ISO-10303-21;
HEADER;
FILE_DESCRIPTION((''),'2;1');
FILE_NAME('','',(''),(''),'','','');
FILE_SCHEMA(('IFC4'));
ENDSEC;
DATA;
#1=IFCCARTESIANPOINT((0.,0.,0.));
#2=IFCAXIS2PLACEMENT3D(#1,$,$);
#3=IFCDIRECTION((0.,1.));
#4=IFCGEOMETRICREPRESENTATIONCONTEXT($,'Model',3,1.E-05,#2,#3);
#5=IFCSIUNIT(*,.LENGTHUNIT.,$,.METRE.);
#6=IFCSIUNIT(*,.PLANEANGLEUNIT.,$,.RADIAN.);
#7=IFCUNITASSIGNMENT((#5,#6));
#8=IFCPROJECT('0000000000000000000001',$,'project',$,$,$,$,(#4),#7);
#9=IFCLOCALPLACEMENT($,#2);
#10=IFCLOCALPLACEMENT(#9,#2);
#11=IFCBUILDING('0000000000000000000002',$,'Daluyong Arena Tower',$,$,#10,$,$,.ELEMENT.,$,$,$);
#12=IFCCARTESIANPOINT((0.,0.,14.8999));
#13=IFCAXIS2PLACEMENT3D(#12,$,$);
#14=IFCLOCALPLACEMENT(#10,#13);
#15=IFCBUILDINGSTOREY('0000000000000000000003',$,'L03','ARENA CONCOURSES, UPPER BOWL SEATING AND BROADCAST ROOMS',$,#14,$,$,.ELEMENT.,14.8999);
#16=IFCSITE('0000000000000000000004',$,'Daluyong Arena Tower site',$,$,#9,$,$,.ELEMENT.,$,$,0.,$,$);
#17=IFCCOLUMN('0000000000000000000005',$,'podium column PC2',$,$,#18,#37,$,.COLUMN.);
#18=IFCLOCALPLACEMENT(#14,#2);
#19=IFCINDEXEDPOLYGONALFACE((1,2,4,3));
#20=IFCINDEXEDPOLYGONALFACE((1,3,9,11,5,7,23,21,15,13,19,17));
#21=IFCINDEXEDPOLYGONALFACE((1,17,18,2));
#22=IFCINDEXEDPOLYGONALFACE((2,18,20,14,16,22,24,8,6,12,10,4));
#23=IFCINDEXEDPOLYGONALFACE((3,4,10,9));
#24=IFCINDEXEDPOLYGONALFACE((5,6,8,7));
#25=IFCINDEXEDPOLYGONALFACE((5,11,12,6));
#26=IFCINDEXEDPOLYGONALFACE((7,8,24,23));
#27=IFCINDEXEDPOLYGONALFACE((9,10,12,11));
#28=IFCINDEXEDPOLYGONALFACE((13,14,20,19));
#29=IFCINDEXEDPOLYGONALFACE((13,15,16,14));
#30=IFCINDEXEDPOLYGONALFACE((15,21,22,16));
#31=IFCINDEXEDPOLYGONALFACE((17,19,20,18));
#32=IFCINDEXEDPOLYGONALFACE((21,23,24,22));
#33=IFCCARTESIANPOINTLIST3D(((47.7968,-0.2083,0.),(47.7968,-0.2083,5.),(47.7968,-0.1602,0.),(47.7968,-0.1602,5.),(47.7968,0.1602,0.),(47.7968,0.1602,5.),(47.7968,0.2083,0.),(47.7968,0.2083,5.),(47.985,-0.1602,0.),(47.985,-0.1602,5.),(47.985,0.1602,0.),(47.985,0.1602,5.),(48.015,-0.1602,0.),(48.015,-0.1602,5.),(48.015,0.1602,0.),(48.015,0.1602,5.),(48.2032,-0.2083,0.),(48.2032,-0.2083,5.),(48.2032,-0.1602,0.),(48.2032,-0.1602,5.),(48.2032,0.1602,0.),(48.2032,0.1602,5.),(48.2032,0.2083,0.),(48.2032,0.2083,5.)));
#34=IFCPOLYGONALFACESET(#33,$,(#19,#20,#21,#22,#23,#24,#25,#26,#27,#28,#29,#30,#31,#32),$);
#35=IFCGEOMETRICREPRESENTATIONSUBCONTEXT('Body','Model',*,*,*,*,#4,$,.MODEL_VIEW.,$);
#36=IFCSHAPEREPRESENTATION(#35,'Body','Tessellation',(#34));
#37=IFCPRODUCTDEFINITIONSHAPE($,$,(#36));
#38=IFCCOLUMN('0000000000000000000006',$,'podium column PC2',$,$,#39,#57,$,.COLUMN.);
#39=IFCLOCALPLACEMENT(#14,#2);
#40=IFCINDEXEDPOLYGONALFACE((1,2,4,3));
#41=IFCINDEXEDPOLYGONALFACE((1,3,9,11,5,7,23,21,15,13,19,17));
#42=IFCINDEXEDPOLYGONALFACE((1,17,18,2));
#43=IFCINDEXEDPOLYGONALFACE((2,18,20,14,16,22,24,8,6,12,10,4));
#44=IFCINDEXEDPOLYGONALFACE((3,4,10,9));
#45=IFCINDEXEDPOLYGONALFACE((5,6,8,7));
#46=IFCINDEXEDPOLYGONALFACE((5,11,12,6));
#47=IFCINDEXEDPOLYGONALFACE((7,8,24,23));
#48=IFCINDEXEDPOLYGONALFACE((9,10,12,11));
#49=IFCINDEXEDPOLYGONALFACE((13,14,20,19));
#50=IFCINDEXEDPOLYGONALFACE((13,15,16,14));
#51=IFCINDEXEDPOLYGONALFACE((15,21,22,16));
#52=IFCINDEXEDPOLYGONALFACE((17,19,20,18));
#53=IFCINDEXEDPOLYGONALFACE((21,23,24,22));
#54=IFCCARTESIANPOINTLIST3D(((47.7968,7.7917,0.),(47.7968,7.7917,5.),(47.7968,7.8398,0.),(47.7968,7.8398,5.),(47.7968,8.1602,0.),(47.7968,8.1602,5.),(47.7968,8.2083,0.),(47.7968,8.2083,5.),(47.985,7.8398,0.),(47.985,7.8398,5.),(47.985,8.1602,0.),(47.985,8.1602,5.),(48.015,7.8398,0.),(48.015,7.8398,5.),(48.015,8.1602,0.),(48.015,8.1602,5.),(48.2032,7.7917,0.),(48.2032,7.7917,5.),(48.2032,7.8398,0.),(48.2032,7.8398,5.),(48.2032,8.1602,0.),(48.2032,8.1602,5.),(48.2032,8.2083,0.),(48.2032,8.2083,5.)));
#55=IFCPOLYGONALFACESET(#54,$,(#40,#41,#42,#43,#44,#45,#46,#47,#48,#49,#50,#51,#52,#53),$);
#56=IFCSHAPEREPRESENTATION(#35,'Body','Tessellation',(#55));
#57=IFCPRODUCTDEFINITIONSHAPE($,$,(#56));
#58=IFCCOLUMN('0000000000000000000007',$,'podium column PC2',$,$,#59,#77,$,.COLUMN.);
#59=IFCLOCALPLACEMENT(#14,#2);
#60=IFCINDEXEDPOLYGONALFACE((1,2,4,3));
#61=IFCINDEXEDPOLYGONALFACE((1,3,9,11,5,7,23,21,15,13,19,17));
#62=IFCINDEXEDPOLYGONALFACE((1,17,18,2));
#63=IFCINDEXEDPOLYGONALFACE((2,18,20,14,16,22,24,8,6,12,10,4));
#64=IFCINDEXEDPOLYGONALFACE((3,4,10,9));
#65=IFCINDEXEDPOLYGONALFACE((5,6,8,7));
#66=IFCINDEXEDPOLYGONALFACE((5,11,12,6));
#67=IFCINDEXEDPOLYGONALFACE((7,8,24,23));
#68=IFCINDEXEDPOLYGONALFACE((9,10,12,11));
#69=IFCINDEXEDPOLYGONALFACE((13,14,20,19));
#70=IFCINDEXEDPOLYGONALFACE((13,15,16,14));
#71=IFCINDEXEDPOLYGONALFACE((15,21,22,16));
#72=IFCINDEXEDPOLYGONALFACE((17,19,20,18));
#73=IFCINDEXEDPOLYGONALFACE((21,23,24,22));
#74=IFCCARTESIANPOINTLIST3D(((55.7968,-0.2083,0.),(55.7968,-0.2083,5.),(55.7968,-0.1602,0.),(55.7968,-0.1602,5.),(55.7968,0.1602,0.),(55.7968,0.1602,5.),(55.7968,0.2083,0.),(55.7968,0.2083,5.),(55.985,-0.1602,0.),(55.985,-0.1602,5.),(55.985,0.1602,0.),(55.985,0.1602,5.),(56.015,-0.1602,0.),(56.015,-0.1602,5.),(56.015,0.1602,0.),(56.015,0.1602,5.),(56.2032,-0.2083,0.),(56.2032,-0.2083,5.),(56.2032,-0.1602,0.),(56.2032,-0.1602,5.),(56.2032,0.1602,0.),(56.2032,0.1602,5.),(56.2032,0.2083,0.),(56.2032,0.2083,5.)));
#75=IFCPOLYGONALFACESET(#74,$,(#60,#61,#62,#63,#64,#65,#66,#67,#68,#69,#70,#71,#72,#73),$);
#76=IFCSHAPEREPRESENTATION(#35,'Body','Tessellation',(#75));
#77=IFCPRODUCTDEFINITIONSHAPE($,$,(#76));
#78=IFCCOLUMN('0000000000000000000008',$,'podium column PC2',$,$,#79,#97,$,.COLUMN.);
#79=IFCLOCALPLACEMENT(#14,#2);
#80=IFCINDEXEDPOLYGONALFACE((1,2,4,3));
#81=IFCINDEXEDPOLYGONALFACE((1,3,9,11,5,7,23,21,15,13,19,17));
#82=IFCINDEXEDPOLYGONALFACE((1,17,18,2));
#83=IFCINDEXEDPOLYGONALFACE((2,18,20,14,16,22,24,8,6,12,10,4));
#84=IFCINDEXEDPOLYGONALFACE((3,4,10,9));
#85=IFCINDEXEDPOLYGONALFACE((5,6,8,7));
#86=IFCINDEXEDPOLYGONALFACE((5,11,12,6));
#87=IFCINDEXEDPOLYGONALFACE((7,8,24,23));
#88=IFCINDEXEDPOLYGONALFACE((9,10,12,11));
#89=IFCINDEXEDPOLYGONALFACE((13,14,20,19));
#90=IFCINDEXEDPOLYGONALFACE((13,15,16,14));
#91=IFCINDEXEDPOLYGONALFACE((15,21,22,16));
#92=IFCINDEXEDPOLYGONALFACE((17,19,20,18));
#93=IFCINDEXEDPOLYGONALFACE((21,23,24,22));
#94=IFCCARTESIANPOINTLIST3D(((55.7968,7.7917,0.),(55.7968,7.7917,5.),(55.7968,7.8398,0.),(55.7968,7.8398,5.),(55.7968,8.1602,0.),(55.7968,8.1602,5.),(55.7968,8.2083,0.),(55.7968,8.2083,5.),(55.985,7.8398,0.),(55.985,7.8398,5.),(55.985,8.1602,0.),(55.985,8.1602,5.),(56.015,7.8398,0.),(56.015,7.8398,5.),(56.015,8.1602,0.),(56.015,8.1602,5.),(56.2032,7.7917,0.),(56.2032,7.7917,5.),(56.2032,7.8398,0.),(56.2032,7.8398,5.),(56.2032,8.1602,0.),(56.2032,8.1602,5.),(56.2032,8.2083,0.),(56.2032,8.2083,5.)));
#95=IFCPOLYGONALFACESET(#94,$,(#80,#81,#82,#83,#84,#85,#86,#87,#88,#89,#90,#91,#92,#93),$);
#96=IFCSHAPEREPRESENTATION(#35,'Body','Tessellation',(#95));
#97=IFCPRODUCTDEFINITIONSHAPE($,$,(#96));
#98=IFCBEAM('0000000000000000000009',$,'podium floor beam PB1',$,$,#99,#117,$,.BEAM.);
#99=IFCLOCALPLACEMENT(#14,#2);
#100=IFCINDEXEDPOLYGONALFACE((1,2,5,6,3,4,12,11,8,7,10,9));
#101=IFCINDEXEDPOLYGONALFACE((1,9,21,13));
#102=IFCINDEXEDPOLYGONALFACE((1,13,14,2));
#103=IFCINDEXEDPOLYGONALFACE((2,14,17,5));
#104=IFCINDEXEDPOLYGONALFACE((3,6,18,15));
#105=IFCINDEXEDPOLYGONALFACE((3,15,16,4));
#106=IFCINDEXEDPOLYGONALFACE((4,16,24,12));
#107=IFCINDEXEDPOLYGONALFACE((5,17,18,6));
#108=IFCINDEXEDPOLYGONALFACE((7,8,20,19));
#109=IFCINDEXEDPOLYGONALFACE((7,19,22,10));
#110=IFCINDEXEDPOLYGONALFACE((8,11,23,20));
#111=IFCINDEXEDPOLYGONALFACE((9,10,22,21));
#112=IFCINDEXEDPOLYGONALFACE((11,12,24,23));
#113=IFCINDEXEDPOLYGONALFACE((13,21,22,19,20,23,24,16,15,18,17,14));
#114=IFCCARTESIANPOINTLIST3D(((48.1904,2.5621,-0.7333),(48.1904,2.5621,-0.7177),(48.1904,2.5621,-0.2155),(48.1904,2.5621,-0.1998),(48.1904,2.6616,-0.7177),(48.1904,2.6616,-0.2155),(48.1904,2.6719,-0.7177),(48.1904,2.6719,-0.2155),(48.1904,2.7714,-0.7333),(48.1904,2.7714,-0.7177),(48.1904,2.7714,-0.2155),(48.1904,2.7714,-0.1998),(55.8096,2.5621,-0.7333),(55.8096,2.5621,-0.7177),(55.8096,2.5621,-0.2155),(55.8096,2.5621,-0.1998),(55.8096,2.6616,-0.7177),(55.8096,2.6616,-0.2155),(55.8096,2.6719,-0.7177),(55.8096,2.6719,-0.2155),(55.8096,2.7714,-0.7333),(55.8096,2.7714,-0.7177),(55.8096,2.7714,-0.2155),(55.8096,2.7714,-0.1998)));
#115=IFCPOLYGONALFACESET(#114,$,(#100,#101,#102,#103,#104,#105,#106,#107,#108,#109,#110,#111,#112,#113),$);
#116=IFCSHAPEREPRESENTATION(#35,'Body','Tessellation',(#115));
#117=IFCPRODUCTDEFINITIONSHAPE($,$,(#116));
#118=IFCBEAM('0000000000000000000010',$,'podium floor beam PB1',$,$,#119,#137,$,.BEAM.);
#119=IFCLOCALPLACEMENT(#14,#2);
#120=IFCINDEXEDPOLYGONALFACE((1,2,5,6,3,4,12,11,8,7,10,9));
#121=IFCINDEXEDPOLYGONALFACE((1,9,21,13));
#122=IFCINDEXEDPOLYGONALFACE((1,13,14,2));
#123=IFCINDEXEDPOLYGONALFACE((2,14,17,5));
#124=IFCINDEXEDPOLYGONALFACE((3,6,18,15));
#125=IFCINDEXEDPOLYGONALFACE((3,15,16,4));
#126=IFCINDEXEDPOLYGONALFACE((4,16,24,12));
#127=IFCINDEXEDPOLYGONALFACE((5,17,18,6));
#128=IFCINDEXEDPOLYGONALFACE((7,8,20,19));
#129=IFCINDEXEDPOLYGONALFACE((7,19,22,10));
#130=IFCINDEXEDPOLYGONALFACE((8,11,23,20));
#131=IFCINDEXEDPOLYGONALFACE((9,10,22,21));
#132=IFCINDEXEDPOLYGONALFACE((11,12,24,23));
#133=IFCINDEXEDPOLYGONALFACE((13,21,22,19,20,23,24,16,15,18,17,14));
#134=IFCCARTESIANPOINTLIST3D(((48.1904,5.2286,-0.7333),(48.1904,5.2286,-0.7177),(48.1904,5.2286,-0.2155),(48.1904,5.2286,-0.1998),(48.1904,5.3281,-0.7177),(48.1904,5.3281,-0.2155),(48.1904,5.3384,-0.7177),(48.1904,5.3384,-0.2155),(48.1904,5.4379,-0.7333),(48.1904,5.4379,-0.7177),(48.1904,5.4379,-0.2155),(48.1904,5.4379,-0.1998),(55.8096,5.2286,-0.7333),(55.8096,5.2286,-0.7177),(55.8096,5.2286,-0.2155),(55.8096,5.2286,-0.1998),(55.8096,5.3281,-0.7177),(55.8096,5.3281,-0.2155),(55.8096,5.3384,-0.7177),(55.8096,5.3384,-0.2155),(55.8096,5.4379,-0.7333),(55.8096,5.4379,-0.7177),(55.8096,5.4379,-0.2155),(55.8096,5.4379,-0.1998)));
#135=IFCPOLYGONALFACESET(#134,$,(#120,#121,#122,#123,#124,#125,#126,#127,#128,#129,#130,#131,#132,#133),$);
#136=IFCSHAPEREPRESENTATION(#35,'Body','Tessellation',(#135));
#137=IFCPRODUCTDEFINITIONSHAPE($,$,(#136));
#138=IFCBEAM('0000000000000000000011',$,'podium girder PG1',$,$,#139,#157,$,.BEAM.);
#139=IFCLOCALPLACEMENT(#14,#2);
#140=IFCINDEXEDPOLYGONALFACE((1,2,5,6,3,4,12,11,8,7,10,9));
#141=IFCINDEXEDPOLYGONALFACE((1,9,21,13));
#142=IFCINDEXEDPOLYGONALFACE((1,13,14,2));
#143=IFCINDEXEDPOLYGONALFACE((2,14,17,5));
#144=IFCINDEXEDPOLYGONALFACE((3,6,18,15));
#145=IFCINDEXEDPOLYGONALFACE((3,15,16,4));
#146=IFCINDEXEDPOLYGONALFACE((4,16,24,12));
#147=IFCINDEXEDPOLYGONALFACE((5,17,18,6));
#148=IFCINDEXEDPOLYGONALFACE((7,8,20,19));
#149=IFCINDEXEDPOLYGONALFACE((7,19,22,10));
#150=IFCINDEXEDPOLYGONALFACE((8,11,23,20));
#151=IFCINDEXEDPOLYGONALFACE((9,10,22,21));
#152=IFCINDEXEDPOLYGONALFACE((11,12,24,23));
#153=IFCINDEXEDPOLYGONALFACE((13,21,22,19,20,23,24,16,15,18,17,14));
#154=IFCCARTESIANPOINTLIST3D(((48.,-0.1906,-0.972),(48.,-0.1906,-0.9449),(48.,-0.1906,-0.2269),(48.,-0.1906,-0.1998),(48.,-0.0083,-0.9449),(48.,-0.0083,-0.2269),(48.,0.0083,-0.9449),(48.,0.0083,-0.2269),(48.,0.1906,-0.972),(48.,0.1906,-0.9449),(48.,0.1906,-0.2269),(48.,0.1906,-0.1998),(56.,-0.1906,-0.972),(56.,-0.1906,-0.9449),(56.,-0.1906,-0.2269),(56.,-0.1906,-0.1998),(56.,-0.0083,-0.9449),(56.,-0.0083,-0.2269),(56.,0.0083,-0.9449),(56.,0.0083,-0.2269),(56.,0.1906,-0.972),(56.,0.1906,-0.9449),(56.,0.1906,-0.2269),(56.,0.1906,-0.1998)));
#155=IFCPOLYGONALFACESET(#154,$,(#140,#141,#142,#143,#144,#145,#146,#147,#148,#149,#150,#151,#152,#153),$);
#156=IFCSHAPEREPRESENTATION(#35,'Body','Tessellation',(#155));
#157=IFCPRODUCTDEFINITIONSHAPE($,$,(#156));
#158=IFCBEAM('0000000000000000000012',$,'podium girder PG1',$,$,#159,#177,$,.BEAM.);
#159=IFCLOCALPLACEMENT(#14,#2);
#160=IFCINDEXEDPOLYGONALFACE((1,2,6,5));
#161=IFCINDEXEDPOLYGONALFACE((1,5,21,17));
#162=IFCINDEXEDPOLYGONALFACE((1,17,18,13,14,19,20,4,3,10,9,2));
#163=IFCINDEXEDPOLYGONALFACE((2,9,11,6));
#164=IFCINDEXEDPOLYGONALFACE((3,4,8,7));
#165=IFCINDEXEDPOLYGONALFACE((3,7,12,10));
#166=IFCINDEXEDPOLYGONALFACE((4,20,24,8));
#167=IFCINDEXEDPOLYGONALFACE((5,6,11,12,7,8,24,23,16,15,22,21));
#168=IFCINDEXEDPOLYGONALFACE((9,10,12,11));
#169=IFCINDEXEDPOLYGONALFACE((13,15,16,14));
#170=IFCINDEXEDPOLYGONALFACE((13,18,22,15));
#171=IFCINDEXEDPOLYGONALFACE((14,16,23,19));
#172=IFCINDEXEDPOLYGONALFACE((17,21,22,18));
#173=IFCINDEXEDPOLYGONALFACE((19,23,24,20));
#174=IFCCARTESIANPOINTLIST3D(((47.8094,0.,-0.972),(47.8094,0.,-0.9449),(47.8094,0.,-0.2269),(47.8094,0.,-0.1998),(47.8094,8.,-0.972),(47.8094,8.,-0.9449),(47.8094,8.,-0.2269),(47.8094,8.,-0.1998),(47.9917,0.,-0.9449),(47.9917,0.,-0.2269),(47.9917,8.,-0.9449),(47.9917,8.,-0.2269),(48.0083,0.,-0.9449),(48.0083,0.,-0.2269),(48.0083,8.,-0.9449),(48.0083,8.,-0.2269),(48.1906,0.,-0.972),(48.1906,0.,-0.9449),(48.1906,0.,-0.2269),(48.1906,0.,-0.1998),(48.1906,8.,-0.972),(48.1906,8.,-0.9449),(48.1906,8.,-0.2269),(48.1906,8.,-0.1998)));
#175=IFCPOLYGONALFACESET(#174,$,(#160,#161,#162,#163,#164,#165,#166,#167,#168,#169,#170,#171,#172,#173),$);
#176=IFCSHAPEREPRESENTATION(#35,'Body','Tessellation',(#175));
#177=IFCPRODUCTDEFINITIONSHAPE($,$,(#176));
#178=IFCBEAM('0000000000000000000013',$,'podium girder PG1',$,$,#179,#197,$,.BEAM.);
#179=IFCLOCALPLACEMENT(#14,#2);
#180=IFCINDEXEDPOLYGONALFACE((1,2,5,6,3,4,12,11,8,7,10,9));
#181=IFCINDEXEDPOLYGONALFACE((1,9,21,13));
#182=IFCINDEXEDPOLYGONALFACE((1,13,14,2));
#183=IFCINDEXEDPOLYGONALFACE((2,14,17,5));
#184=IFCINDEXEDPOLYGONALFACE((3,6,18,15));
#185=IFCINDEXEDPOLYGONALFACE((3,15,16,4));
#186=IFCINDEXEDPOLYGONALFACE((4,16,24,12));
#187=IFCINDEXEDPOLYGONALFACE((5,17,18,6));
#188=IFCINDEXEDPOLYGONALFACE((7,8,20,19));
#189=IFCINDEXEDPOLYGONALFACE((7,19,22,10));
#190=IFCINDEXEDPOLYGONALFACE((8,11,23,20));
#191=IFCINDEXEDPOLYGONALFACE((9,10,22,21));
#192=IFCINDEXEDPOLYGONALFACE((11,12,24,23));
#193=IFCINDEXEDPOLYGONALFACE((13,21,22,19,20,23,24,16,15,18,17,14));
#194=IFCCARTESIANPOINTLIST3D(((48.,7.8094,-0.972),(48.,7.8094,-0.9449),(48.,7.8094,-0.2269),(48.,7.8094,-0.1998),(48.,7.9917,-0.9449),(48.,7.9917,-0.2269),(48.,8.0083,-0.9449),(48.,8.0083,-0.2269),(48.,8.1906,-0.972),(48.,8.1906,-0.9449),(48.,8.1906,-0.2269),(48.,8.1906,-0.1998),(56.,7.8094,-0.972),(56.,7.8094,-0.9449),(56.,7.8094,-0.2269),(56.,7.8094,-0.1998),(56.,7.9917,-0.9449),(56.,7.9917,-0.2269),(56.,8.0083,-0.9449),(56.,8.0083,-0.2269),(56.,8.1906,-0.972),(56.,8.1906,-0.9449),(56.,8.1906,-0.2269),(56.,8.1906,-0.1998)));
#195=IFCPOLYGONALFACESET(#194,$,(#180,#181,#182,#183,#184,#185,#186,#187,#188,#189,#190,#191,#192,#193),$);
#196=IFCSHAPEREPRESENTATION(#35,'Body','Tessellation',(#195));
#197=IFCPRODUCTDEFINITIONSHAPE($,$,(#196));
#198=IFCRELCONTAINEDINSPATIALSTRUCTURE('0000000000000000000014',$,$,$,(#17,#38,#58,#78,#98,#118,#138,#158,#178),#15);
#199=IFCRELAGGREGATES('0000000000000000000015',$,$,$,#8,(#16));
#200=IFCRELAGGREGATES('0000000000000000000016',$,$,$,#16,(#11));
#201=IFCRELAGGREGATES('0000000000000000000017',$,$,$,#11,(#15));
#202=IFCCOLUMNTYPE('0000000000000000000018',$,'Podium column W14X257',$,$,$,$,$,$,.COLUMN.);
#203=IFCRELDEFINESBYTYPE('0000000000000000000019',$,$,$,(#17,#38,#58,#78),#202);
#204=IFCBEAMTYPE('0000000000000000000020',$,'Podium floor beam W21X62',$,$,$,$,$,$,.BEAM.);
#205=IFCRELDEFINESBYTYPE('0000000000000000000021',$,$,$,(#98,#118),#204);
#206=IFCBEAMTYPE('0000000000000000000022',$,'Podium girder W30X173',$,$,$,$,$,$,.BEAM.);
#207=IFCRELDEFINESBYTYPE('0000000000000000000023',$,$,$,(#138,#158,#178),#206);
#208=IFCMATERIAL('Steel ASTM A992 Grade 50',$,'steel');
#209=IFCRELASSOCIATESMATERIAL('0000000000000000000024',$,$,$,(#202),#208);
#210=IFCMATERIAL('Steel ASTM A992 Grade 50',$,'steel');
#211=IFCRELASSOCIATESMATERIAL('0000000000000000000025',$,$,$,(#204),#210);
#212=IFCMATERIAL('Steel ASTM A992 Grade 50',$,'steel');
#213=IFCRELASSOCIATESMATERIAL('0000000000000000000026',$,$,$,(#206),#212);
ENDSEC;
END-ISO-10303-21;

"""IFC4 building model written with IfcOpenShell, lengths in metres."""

from ifc_helpers import new_model, si_unit, direction, frame, origin, origin_2d, place, context, subcontext, project, spatial, i_section, extrude, material, material_profile, profile_set, type_object, element, save


model = new_model("IFC4")

# Units and contexts
model_context = context("Model", 3, precision=1e-05, world=origin(), true_north=direction((0.0, 1.0)))
body_context = subcontext(model_context, "Body", "Model", "MODEL_VIEW")
ifc_project = project(units=[si_unit("LENGTHUNIT", "METRE"), si_unit("PLANEANGLEUNIT", "RADIAN")], contexts=[model_context])

# Site, building, storey
site_placement = place(None, origin())
site = spatial("IfcSite", under=ifc_project, at=site_placement, Name="Daluyong Arena Tower site", CompositionType="ELEMENT", RefElevation=0.0)
building_placement = place(site_placement, origin())
building = spatial("IfcBuilding", under=site, at=building_placement, Name="Daluyong Arena Tower", CompositionType="ELEMENT")
storey_placement = place(building_placement, frame((0.0, 0.0, 14.8999)))
storey = spatial("IfcBuildingStorey", under=building, at=storey_placement, Name="L03", Description="ARENA CONCOURSES, UPPER BOWL SEATING AND BROADCAST ROOMS", CompositionType="ELEMENT", Elevation=14.8999)

# Columns
ifc_material_1 = material(Name="Steel ASTM A992 Grade 50", Category="steel")
ifc_material_profile_1 = material_profile(ifc_material_1, i_section(OverallWidth=0.4065, OverallDepth=0.4165, WebThickness=0.03, FlangeThickness=0.0481, at=origin_2d()))
ifc_profile_set_1 = profile_set([ifc_material_profile_1], Name="Steel ASTM A992 Grade 50")
column_type = type_object("IfcColumnType", Name="Podium column W14X257", PredefinedType="COLUMN", material=ifc_profile_set_1)
for number, where, z_axis, x_axis, name in (
    (1, (48.0, 0.0, 0.0), (0.0, 0.0, 1.0), (1.0, 0.0, 0.0), "podium column PC2"),
    (2, (48.0, 8.0, 0.0), (0.0, 0.0, 1.0), (1.0, 0.0, 0.0), "podium column PC2"),
    (3, (56.0, 0.0, 0.0), (0.0, 0.0, 1.0), (1.0, 0.0, 0.0), "podium column PC2"),
    (4, (56.0, 8.0, 0.0), (0.0, 0.0, 1.0), (1.0, 0.0, 0.0), "podium column PC2"),
):
    element("IfcColumn", number, at=place(storey_placement, frame(where, z_axis=z_axis, x_axis=x_axis)), inside=storey, type_object=column_type, Name=name, PredefinedType="COLUMN", context=body_context, shape_type="SweptSolid", body=[
        extrude(i_section(OverallWidth=0.4065, OverallDepth=0.4165, WebThickness=0.03, FlangeThickness=0.0481, at=origin_2d()), origin(), (0.0, 0.0, 1.0), 5.0),
    ])

# Beams
ifc_material_2 = material(Name="Steel ASTM A992 Grade 50", Category="steel")
ifc_material_profile_2 = material_profile(ifc_material_2, i_section(OverallWidth=0.2092, OverallDepth=0.5334, WebThickness=0.0103, FlangeThickness=0.0156, at=origin_2d()))
ifc_profile_set_2 = profile_set([ifc_material_profile_2], Name="Steel ASTM A992 Grade 50")
beam_type_1 = type_object("IfcBeamType", Name="Podium floor beam W21X62", PredefinedType="BEAM", material=ifc_profile_set_2)
for number, where, z_axis, x_axis, name in (
    (5, (48.1904, 2.6667, -0.4666), (1.0, 0.0, 0.0), (0.0, 1.0, 0.0), "podium floor beam PB1"),
    (6, (48.1904, 5.3333, -0.4666), (1.0, 0.0, 0.0), (0.0, 1.0, 0.0), "podium floor beam PB1"),
):
    element("IfcBeam", number, at=place(storey_placement, frame(where, z_axis=z_axis, x_axis=x_axis)), inside=storey, type_object=beam_type_1, Name=name, PredefinedType="BEAM", context=body_context, shape_type="SweptSolid", body=[
        extrude(i_section(OverallWidth=0.2092, OverallDepth=0.5334, WebThickness=0.0103, FlangeThickness=0.0156, at=origin_2d()), origin(), (0.0, 0.0, 1.0), 7.6191),
    ])
ifc_material_3 = material(Name="Steel ASTM A992 Grade 50", Category="steel")
ifc_material_profile_3 = material_profile(ifc_material_3, i_section(OverallWidth=0.3811, OverallDepth=0.7722, WebThickness=0.0166, FlangeThickness=0.0271, at=origin_2d()))
ifc_profile_set_3 = profile_set([ifc_material_profile_3], Name="Steel ASTM A992 Grade 50")
beam_type_2 = type_object("IfcBeamType", Name="Podium girder W30X173", PredefinedType="BEAM", material=ifc_profile_set_3)
for number, where, z_axis, x_axis, name in (
    (7, (48.0, 0.0, -0.5859), (1.0, 0.0, 0.0), (0.0, 1.0, 0.0), "podium girder PG1"),
    (8, (48.0, 0.0, -0.5859), (0.0, 1.0, 0.0), (-1.0, 0.0, 0.0), "podium girder PG1"),
    (9, (48.0, 8.0, -0.5859), (1.0, 0.0, 0.0), (0.0, 1.0, 0.0), "podium girder PG1"),
):
    element("IfcBeam", number, at=place(storey_placement, frame(where, z_axis=z_axis, x_axis=x_axis)), inside=storey, type_object=beam_type_2, Name=name, PredefinedType="BEAM", context=body_context, shape_type="SweptSolid", body=[
        extrude(i_section(OverallWidth=0.3811, OverallDepth=0.7722, WebThickness=0.0166, FlangeThickness=0.0271, at=origin_2d()), origin(), (0.0, 0.0, 1.0), 8.0),
    ])

save(model, "model.ifc")
